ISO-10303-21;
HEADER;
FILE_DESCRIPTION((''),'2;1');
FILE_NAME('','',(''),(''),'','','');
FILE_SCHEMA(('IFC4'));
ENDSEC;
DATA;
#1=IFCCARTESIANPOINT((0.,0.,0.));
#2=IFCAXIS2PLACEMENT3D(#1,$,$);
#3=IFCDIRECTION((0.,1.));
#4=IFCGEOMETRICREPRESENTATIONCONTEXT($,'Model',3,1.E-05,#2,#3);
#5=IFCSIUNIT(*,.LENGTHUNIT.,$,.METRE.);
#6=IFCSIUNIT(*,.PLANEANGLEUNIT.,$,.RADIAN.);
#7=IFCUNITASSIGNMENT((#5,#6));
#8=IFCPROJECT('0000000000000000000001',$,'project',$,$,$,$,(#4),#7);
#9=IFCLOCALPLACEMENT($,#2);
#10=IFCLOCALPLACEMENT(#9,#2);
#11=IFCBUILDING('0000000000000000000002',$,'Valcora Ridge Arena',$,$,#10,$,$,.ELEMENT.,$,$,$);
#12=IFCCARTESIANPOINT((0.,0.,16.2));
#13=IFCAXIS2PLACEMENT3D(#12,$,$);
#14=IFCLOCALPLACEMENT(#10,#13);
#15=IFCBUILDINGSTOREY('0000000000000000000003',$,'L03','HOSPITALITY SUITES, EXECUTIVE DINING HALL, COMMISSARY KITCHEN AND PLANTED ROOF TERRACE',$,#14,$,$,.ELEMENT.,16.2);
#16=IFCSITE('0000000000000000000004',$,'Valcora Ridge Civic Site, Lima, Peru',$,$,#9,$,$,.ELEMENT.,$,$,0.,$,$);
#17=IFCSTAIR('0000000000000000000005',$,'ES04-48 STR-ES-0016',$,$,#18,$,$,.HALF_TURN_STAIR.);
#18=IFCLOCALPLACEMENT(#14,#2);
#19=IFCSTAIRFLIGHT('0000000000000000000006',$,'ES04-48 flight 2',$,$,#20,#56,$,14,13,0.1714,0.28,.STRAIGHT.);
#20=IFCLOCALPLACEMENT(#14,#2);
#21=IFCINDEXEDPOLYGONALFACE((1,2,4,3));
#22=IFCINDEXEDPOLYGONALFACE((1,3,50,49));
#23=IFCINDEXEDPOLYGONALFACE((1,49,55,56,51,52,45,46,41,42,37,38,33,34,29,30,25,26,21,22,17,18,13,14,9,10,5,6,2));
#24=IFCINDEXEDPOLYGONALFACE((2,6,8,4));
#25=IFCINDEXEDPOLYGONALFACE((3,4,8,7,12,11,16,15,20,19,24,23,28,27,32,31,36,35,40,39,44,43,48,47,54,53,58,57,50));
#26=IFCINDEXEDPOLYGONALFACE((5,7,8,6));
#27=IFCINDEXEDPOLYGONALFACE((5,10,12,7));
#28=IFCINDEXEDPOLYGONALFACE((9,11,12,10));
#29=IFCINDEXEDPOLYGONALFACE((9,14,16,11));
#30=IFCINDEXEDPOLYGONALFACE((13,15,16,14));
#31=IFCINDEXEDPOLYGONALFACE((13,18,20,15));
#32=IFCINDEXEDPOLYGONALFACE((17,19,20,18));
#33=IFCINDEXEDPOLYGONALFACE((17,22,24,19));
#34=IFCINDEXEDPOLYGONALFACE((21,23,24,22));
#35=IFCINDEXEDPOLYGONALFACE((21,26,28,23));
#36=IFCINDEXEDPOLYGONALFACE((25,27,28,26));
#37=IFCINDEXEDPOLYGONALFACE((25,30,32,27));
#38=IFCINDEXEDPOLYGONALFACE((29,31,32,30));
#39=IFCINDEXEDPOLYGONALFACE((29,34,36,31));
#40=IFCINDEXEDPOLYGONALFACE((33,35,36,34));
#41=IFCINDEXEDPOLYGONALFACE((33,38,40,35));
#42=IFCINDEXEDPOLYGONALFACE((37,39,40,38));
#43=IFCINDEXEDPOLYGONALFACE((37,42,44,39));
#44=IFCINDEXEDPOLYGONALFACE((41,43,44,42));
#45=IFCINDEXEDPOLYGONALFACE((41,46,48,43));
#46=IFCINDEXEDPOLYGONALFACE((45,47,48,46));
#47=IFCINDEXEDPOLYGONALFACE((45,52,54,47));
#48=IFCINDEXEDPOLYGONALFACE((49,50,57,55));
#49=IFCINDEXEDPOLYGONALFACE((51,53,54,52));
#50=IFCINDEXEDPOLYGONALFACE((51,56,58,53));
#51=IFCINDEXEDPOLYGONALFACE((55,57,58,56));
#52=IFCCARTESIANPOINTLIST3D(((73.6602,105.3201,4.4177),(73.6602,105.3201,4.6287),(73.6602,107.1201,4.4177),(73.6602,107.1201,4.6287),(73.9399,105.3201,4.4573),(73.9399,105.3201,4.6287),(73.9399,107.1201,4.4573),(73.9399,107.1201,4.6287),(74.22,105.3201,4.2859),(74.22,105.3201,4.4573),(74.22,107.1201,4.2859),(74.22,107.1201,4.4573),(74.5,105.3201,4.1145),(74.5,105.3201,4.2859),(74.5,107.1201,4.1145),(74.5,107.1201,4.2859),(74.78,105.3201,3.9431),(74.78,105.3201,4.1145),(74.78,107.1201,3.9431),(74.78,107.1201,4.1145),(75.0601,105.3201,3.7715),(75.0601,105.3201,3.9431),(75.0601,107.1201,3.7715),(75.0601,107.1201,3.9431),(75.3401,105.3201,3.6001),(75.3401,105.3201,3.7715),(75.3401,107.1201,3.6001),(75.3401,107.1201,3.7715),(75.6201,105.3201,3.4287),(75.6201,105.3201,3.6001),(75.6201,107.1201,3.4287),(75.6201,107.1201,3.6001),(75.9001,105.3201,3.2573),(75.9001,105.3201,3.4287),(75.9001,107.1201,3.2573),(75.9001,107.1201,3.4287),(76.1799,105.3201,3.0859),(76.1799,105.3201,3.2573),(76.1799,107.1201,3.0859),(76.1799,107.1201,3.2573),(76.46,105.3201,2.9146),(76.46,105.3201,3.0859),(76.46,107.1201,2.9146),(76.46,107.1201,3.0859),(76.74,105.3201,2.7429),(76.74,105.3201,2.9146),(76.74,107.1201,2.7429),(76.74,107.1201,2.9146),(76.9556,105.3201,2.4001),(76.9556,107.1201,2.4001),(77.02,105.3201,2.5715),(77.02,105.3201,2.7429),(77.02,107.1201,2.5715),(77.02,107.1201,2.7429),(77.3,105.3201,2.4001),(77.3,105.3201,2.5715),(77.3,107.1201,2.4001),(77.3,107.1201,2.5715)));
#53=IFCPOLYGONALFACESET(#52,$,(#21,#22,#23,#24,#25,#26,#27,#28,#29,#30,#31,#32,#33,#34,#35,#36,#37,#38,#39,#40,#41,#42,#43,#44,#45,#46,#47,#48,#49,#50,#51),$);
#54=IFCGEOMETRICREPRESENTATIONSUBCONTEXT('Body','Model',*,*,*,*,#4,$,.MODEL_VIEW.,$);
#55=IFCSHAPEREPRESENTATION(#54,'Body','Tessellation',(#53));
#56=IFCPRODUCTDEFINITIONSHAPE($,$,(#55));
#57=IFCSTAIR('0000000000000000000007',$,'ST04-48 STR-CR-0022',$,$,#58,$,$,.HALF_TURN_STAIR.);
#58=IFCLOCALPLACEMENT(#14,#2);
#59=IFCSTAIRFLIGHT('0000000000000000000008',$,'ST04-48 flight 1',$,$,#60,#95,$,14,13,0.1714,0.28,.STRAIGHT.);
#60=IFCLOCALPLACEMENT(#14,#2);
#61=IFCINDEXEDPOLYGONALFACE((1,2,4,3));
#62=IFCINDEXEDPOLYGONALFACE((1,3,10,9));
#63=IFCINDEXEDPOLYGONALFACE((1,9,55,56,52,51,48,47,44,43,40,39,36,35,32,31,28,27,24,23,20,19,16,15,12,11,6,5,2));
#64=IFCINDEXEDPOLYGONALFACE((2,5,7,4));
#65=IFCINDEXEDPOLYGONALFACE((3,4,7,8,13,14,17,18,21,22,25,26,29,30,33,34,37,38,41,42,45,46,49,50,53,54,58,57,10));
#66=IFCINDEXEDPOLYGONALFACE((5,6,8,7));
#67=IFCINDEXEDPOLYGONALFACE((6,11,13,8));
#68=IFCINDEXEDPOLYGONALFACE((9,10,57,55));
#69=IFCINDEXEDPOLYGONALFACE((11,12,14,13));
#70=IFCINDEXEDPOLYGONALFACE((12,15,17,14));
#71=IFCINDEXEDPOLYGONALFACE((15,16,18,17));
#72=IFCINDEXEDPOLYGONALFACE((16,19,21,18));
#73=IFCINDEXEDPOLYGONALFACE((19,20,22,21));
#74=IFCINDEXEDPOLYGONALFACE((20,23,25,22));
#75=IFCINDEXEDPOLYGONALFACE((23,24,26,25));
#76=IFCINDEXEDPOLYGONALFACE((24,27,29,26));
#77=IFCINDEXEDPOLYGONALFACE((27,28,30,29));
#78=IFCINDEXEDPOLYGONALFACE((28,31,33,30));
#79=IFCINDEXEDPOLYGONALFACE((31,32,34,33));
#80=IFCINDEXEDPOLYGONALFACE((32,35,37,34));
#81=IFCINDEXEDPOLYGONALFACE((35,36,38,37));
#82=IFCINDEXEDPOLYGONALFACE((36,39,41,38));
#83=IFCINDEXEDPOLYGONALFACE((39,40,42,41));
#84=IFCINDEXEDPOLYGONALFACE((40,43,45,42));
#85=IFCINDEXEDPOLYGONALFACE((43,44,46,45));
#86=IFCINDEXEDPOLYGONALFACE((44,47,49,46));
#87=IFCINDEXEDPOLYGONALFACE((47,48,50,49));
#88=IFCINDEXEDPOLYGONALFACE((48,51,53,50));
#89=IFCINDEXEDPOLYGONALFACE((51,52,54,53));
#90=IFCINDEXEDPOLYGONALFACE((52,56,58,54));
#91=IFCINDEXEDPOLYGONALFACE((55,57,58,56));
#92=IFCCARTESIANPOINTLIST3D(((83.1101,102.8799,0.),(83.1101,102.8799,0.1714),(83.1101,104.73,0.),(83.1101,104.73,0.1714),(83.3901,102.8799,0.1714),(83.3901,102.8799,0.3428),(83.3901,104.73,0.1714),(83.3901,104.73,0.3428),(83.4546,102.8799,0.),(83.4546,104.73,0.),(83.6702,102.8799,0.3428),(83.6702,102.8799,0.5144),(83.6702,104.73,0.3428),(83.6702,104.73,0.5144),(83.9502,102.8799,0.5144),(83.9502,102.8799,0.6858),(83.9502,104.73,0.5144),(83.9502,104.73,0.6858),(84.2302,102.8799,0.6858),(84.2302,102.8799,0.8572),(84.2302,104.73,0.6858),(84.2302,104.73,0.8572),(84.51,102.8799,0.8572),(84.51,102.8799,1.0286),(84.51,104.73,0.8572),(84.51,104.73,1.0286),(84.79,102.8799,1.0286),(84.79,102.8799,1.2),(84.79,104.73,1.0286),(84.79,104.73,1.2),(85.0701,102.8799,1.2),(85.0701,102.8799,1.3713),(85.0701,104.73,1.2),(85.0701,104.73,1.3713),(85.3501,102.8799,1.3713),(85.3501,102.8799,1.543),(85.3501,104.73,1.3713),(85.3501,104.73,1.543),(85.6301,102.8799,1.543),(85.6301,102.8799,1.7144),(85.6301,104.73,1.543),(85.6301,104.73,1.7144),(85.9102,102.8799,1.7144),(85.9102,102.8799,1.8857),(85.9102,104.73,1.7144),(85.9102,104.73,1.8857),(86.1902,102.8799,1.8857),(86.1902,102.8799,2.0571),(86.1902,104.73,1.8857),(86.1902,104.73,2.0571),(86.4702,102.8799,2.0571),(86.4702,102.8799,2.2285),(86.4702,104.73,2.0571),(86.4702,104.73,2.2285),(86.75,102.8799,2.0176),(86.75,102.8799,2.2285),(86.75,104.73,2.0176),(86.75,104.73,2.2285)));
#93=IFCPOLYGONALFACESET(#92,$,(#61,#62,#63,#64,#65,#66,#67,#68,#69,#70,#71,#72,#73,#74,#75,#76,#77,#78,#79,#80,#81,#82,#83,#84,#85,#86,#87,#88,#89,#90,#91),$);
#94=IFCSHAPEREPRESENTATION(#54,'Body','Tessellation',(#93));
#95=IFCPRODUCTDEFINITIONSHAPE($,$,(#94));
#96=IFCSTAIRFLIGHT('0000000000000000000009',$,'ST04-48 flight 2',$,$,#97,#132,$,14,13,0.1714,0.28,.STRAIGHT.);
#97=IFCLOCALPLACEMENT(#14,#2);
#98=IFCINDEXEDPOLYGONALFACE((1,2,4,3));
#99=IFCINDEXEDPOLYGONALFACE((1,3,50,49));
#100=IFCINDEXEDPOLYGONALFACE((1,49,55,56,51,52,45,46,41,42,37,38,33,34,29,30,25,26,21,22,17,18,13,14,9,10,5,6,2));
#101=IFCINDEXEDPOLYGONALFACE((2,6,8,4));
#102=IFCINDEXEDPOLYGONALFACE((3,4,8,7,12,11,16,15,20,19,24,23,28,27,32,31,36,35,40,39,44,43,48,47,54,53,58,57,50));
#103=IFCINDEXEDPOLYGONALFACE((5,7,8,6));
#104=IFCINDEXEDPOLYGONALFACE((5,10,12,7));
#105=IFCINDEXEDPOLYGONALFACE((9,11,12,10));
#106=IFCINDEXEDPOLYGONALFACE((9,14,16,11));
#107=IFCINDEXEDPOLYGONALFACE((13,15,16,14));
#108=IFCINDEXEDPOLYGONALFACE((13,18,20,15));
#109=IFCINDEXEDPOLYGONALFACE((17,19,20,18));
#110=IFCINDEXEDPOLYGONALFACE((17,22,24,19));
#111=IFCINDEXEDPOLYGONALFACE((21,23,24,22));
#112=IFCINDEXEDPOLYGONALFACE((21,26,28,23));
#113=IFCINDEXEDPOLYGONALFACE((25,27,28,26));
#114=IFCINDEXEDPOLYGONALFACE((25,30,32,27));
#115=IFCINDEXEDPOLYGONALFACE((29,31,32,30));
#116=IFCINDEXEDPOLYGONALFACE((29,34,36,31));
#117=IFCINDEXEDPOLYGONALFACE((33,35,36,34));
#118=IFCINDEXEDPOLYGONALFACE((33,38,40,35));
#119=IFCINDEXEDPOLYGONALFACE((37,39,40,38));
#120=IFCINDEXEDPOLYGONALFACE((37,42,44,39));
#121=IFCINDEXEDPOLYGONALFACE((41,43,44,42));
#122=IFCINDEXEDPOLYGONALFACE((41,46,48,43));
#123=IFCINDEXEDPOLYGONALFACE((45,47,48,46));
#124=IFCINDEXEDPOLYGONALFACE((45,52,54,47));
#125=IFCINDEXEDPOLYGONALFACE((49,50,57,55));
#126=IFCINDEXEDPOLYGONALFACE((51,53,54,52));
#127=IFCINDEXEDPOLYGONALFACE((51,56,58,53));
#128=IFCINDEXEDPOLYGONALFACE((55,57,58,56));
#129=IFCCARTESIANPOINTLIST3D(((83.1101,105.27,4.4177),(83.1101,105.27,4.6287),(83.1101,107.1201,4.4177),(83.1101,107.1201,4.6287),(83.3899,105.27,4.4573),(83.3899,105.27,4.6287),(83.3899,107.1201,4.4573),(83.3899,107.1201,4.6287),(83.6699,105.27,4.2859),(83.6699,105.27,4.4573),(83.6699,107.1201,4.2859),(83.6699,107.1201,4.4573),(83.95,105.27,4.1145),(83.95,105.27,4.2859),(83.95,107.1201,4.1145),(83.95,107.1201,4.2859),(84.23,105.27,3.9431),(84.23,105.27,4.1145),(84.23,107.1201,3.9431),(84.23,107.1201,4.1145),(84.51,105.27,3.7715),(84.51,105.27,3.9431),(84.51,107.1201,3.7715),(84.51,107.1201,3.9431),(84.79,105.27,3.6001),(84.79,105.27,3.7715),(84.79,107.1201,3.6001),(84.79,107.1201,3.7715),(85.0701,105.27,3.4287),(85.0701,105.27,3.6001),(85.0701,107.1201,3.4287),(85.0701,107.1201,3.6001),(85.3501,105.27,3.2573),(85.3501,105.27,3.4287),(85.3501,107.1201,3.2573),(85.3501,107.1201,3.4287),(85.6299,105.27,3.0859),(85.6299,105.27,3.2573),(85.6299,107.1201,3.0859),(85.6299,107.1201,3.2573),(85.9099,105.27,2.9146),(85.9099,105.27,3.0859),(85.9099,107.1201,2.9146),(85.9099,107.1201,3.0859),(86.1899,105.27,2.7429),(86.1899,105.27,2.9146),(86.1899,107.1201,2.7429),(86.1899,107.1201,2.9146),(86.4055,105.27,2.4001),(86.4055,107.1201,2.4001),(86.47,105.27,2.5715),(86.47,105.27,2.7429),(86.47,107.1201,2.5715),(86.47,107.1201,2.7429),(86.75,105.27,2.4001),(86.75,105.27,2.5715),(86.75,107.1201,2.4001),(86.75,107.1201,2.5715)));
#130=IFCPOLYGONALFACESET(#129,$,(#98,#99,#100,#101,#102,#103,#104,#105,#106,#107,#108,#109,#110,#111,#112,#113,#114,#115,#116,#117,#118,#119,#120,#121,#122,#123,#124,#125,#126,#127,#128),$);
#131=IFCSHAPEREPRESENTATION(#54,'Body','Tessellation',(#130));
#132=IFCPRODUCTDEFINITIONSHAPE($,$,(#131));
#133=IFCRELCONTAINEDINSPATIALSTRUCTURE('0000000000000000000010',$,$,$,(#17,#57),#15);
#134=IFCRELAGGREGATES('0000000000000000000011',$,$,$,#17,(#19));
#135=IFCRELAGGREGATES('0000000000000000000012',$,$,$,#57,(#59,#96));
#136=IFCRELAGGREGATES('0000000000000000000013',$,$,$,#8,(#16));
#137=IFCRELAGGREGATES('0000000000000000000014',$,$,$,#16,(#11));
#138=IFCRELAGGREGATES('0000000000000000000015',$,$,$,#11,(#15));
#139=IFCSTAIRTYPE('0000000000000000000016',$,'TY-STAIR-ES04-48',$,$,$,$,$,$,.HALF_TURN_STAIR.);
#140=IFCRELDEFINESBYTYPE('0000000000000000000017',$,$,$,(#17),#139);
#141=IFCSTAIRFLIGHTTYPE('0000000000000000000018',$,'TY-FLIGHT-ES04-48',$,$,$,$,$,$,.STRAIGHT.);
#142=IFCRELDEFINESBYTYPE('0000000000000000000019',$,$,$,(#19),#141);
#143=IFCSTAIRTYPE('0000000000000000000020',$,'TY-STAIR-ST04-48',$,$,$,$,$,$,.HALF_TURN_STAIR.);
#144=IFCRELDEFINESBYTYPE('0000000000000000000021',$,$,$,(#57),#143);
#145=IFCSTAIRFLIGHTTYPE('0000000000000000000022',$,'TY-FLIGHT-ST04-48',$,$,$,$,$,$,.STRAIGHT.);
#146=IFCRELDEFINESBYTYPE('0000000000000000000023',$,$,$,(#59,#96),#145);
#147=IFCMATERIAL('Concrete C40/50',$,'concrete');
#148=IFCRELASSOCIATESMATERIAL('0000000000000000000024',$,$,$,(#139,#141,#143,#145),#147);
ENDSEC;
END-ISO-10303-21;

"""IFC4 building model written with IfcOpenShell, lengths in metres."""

from ifc_helpers import new_model, si_unit, direction, frame, origin, place, context, subcontext, project, spatial, polyline, outline, extrude, material, type_object, element, aggregate, save


model = new_model("IFC4")

# Units and contexts
model_context = context("Model", 3, precision=1e-05, world=origin(), true_north=direction((0.0, 1.0)))
body_context = subcontext(model_context, "Body", "Model", "MODEL_VIEW")
ifc_project = project(units=[si_unit("LENGTHUNIT", "METRE"), si_unit("PLANEANGLEUNIT", "RADIAN")], contexts=[model_context])

# Site, building, storey
site_placement = place(None, origin())
site = spatial("IfcSite", under=ifc_project, at=site_placement, Name="Valcora Ridge Civic Site, Lima, Peru", CompositionType="ELEMENT", RefElevation=0.0)
building_placement = place(site_placement, origin())
building = spatial("IfcBuilding", under=site, at=building_placement, Name="Valcora Ridge Arena", CompositionType="ELEMENT")
storey_placement = place(building_placement, frame((0.0, 0.0, 16.2)))
storey = spatial("IfcBuildingStorey", under=building, at=storey_placement, Name="L03", Description="HOSPITALITY SUITES, EXECUTIVE DINING HALL, COMMISSARY KITCHEN AND PLANTED ROOF TERRACE", CompositionType="ELEMENT", Elevation=16.2)

# Stair, stair flight
ifc_material_1 = material(Name="Concrete C40/50", Category="concrete")
stair_type_1 = type_object("IfcStairType", Name="TY-STAIR-ES04-48", PredefinedType="HALF_TURN_STAIR", material=ifc_material_1)
stair_1_placement = place(storey_placement, origin())
stair_1 = element("IfcStair", 1, at=stair_1_placement, inside=storey, type_object=stair_type_1, Name="ES04-48 STR-ES-0016", PredefinedType="HALF_TURN_STAIR")
stair_flight_type_1 = type_object("IfcStairFlightType", Name="TY-FLIGHT-ES04-48", PredefinedType="STRAIGHT", material=ifc_material_1)
stair_flight_1_placement = place(storey_placement, frame((77.3, 106.22, 2.4001), z_axis=(0.0, 0.0, 1.0), x_axis=(-1.0, 0.0, 0.0)))
stair_flight_1 = element("IfcStairFlight", 2, at=stair_flight_1_placement, type_object=stair_flight_type_1, Name="ES04-48 flight 2", NumberOfRisers=14, NumberOfTreads=13, PredefinedType="STRAIGHT", RiserHeight=0.1714, TreadLength=0.28, context=body_context, shape_type="SweptSolid", body=[
    extrude(outline(polyline([(0.0, 0.0), (0.0, 0.1714), (0.28, 0.1714), (0.28, 0.3428), (0.5601, 0.3428), (0.5601, 0.5144), (0.8401, 0.5144), (0.8401, 0.6858), (1.1201, 0.6858), (1.1201, 0.8572), (1.3999, 0.8572), (1.3999, 1.0286), (1.6799, 1.0286), (1.6799, 1.2), (1.96, 1.2), (1.96, 1.3713), (2.24, 1.3713), (2.24, 1.543), (2.52, 1.543), (2.52, 1.7144), (2.8, 1.7144), (2.8, 1.8857), (3.0801, 1.8857), (3.0801, 2.0571), (3.3601, 2.0571), (3.3601, 2.2285), (3.6399, 2.2285), (3.6399, 2.3999), (3.6399, 2.0176), (0.3445, 0.0), (0.0, 0.0)])), frame((0.0, 0.8999, 0.0), z_axis=(0.0, -1.0, 0.0), x_axis=(1.0, 0.0, 0.0)), (0.0, 0.0, 1.0), 1.8),
])
aggregate(stair_1, [stair_flight_1])

# Stair, stair flights
stair_type_2 = type_object("IfcStairType", Name="TY-STAIR-ST04-48", PredefinedType="HALF_TURN_STAIR", material=ifc_material_1)
stair_2_placement = place(storey_placement, origin())
stair_2 = element("IfcStair", 3, at=stair_2_placement, inside=storey, type_object=stair_type_2, Name="ST04-48 STR-CR-0022", PredefinedType="HALF_TURN_STAIR")
stair_flight_type_2 = type_object("IfcStairFlightType", Name="TY-FLIGHT-ST04-48", PredefinedType="STRAIGHT", material=ifc_material_1)
stair_flight_2_placement = place(storey_placement, frame((83.1101, 103.8049, 0.0), z_axis=(0.0, 0.0, 1.0), x_axis=(1.0, 0.0, 0.0)))
stair_flight_2 = element("IfcStairFlight", 4, at=stair_flight_2_placement, type_object=stair_flight_type_2, Name="ST04-48 flight 1", NumberOfRisers=14, NumberOfTreads=13, PredefinedType="STRAIGHT", RiserHeight=0.1714, TreadLength=0.28, context=body_context, shape_type="SweptSolid", body=[
    extrude(outline(polyline([(0.0, 0.0), (0.0, 0.1714), (0.28, 0.1714), (0.28, 0.3428), (0.5601, 0.3428), (0.5601, 0.5144), (0.8401, 0.5144), (0.8401, 0.6858), (1.1201, 0.6858), (1.1201, 0.8572), (1.3999, 0.8572), (1.3999, 1.0286), (1.6799, 1.0286), (1.6799, 1.2), (1.96, 1.2), (1.96, 1.3713), (2.24, 1.3713), (2.24, 1.543), (2.52, 1.543), (2.52, 1.7144), (2.8, 1.7144), (2.8, 1.8857), (3.0801, 1.8857), (3.0801, 2.0571), (3.3601, 2.0571), (3.3601, 2.2285), (3.6399, 2.2285), (3.6399, 2.3999), (3.6399, 2.0176), (0.3445, 0.0), (0.0, 0.0)])), frame((0.0, 0.925, 0.0), z_axis=(0.0, -1.0, 0.0), x_axis=(1.0, 0.0, 0.0)), (0.0, 0.0, 1.0), 1.8501),
])
stair_flight_3_placement = place(storey_placement, frame((86.75, 106.1951, 2.4001), z_axis=(0.0, 0.0, 1.0), x_axis=(-1.0, 0.0, 0.0)))
stair_flight_3 = element("IfcStairFlight", 5, at=stair_flight_3_placement, type_object=stair_flight_type_2, Name="ST04-48 flight 2", NumberOfRisers=14, NumberOfTreads=13, PredefinedType="STRAIGHT", RiserHeight=0.1714, TreadLength=0.28, context=body_context, shape_type="SweptSolid", body=[
    extrude(outline(polyline([(0.0, 0.0), (0.0, 0.1714), (0.28, 0.1714), (0.28, 0.3428), (0.5601, 0.3428), (0.5601, 0.5144), (0.8401, 0.5144), (0.8401, 0.6858), (1.1201, 0.6858), (1.1201, 0.8572), (1.3999, 0.8572), (1.3999, 1.0286), (1.6799, 1.0286), (1.6799, 1.2), (1.96, 1.2), (1.96, 1.3713), (2.24, 1.3713), (2.24, 1.543), (2.52, 1.543), (2.52, 1.7144), (2.8, 1.7144), (2.8, 1.8857), (3.0801, 1.8857), (3.0801, 2.0571), (3.3601, 2.0571), (3.3601, 2.2285), (3.6399, 2.2285), (3.6399, 2.3999), (3.6399, 2.0176), (0.3445, 0.0), (0.0, 0.0)])), frame((0.0, 0.925, 0.0), z_axis=(0.0, -1.0, 0.0), x_axis=(1.0, 0.0, 0.0)), (0.0, 0.0, 1.0), 1.8501),
])
aggregate(stair_2, [stair_flight_2, stair_flight_3])

save(model, "model.ifc")
